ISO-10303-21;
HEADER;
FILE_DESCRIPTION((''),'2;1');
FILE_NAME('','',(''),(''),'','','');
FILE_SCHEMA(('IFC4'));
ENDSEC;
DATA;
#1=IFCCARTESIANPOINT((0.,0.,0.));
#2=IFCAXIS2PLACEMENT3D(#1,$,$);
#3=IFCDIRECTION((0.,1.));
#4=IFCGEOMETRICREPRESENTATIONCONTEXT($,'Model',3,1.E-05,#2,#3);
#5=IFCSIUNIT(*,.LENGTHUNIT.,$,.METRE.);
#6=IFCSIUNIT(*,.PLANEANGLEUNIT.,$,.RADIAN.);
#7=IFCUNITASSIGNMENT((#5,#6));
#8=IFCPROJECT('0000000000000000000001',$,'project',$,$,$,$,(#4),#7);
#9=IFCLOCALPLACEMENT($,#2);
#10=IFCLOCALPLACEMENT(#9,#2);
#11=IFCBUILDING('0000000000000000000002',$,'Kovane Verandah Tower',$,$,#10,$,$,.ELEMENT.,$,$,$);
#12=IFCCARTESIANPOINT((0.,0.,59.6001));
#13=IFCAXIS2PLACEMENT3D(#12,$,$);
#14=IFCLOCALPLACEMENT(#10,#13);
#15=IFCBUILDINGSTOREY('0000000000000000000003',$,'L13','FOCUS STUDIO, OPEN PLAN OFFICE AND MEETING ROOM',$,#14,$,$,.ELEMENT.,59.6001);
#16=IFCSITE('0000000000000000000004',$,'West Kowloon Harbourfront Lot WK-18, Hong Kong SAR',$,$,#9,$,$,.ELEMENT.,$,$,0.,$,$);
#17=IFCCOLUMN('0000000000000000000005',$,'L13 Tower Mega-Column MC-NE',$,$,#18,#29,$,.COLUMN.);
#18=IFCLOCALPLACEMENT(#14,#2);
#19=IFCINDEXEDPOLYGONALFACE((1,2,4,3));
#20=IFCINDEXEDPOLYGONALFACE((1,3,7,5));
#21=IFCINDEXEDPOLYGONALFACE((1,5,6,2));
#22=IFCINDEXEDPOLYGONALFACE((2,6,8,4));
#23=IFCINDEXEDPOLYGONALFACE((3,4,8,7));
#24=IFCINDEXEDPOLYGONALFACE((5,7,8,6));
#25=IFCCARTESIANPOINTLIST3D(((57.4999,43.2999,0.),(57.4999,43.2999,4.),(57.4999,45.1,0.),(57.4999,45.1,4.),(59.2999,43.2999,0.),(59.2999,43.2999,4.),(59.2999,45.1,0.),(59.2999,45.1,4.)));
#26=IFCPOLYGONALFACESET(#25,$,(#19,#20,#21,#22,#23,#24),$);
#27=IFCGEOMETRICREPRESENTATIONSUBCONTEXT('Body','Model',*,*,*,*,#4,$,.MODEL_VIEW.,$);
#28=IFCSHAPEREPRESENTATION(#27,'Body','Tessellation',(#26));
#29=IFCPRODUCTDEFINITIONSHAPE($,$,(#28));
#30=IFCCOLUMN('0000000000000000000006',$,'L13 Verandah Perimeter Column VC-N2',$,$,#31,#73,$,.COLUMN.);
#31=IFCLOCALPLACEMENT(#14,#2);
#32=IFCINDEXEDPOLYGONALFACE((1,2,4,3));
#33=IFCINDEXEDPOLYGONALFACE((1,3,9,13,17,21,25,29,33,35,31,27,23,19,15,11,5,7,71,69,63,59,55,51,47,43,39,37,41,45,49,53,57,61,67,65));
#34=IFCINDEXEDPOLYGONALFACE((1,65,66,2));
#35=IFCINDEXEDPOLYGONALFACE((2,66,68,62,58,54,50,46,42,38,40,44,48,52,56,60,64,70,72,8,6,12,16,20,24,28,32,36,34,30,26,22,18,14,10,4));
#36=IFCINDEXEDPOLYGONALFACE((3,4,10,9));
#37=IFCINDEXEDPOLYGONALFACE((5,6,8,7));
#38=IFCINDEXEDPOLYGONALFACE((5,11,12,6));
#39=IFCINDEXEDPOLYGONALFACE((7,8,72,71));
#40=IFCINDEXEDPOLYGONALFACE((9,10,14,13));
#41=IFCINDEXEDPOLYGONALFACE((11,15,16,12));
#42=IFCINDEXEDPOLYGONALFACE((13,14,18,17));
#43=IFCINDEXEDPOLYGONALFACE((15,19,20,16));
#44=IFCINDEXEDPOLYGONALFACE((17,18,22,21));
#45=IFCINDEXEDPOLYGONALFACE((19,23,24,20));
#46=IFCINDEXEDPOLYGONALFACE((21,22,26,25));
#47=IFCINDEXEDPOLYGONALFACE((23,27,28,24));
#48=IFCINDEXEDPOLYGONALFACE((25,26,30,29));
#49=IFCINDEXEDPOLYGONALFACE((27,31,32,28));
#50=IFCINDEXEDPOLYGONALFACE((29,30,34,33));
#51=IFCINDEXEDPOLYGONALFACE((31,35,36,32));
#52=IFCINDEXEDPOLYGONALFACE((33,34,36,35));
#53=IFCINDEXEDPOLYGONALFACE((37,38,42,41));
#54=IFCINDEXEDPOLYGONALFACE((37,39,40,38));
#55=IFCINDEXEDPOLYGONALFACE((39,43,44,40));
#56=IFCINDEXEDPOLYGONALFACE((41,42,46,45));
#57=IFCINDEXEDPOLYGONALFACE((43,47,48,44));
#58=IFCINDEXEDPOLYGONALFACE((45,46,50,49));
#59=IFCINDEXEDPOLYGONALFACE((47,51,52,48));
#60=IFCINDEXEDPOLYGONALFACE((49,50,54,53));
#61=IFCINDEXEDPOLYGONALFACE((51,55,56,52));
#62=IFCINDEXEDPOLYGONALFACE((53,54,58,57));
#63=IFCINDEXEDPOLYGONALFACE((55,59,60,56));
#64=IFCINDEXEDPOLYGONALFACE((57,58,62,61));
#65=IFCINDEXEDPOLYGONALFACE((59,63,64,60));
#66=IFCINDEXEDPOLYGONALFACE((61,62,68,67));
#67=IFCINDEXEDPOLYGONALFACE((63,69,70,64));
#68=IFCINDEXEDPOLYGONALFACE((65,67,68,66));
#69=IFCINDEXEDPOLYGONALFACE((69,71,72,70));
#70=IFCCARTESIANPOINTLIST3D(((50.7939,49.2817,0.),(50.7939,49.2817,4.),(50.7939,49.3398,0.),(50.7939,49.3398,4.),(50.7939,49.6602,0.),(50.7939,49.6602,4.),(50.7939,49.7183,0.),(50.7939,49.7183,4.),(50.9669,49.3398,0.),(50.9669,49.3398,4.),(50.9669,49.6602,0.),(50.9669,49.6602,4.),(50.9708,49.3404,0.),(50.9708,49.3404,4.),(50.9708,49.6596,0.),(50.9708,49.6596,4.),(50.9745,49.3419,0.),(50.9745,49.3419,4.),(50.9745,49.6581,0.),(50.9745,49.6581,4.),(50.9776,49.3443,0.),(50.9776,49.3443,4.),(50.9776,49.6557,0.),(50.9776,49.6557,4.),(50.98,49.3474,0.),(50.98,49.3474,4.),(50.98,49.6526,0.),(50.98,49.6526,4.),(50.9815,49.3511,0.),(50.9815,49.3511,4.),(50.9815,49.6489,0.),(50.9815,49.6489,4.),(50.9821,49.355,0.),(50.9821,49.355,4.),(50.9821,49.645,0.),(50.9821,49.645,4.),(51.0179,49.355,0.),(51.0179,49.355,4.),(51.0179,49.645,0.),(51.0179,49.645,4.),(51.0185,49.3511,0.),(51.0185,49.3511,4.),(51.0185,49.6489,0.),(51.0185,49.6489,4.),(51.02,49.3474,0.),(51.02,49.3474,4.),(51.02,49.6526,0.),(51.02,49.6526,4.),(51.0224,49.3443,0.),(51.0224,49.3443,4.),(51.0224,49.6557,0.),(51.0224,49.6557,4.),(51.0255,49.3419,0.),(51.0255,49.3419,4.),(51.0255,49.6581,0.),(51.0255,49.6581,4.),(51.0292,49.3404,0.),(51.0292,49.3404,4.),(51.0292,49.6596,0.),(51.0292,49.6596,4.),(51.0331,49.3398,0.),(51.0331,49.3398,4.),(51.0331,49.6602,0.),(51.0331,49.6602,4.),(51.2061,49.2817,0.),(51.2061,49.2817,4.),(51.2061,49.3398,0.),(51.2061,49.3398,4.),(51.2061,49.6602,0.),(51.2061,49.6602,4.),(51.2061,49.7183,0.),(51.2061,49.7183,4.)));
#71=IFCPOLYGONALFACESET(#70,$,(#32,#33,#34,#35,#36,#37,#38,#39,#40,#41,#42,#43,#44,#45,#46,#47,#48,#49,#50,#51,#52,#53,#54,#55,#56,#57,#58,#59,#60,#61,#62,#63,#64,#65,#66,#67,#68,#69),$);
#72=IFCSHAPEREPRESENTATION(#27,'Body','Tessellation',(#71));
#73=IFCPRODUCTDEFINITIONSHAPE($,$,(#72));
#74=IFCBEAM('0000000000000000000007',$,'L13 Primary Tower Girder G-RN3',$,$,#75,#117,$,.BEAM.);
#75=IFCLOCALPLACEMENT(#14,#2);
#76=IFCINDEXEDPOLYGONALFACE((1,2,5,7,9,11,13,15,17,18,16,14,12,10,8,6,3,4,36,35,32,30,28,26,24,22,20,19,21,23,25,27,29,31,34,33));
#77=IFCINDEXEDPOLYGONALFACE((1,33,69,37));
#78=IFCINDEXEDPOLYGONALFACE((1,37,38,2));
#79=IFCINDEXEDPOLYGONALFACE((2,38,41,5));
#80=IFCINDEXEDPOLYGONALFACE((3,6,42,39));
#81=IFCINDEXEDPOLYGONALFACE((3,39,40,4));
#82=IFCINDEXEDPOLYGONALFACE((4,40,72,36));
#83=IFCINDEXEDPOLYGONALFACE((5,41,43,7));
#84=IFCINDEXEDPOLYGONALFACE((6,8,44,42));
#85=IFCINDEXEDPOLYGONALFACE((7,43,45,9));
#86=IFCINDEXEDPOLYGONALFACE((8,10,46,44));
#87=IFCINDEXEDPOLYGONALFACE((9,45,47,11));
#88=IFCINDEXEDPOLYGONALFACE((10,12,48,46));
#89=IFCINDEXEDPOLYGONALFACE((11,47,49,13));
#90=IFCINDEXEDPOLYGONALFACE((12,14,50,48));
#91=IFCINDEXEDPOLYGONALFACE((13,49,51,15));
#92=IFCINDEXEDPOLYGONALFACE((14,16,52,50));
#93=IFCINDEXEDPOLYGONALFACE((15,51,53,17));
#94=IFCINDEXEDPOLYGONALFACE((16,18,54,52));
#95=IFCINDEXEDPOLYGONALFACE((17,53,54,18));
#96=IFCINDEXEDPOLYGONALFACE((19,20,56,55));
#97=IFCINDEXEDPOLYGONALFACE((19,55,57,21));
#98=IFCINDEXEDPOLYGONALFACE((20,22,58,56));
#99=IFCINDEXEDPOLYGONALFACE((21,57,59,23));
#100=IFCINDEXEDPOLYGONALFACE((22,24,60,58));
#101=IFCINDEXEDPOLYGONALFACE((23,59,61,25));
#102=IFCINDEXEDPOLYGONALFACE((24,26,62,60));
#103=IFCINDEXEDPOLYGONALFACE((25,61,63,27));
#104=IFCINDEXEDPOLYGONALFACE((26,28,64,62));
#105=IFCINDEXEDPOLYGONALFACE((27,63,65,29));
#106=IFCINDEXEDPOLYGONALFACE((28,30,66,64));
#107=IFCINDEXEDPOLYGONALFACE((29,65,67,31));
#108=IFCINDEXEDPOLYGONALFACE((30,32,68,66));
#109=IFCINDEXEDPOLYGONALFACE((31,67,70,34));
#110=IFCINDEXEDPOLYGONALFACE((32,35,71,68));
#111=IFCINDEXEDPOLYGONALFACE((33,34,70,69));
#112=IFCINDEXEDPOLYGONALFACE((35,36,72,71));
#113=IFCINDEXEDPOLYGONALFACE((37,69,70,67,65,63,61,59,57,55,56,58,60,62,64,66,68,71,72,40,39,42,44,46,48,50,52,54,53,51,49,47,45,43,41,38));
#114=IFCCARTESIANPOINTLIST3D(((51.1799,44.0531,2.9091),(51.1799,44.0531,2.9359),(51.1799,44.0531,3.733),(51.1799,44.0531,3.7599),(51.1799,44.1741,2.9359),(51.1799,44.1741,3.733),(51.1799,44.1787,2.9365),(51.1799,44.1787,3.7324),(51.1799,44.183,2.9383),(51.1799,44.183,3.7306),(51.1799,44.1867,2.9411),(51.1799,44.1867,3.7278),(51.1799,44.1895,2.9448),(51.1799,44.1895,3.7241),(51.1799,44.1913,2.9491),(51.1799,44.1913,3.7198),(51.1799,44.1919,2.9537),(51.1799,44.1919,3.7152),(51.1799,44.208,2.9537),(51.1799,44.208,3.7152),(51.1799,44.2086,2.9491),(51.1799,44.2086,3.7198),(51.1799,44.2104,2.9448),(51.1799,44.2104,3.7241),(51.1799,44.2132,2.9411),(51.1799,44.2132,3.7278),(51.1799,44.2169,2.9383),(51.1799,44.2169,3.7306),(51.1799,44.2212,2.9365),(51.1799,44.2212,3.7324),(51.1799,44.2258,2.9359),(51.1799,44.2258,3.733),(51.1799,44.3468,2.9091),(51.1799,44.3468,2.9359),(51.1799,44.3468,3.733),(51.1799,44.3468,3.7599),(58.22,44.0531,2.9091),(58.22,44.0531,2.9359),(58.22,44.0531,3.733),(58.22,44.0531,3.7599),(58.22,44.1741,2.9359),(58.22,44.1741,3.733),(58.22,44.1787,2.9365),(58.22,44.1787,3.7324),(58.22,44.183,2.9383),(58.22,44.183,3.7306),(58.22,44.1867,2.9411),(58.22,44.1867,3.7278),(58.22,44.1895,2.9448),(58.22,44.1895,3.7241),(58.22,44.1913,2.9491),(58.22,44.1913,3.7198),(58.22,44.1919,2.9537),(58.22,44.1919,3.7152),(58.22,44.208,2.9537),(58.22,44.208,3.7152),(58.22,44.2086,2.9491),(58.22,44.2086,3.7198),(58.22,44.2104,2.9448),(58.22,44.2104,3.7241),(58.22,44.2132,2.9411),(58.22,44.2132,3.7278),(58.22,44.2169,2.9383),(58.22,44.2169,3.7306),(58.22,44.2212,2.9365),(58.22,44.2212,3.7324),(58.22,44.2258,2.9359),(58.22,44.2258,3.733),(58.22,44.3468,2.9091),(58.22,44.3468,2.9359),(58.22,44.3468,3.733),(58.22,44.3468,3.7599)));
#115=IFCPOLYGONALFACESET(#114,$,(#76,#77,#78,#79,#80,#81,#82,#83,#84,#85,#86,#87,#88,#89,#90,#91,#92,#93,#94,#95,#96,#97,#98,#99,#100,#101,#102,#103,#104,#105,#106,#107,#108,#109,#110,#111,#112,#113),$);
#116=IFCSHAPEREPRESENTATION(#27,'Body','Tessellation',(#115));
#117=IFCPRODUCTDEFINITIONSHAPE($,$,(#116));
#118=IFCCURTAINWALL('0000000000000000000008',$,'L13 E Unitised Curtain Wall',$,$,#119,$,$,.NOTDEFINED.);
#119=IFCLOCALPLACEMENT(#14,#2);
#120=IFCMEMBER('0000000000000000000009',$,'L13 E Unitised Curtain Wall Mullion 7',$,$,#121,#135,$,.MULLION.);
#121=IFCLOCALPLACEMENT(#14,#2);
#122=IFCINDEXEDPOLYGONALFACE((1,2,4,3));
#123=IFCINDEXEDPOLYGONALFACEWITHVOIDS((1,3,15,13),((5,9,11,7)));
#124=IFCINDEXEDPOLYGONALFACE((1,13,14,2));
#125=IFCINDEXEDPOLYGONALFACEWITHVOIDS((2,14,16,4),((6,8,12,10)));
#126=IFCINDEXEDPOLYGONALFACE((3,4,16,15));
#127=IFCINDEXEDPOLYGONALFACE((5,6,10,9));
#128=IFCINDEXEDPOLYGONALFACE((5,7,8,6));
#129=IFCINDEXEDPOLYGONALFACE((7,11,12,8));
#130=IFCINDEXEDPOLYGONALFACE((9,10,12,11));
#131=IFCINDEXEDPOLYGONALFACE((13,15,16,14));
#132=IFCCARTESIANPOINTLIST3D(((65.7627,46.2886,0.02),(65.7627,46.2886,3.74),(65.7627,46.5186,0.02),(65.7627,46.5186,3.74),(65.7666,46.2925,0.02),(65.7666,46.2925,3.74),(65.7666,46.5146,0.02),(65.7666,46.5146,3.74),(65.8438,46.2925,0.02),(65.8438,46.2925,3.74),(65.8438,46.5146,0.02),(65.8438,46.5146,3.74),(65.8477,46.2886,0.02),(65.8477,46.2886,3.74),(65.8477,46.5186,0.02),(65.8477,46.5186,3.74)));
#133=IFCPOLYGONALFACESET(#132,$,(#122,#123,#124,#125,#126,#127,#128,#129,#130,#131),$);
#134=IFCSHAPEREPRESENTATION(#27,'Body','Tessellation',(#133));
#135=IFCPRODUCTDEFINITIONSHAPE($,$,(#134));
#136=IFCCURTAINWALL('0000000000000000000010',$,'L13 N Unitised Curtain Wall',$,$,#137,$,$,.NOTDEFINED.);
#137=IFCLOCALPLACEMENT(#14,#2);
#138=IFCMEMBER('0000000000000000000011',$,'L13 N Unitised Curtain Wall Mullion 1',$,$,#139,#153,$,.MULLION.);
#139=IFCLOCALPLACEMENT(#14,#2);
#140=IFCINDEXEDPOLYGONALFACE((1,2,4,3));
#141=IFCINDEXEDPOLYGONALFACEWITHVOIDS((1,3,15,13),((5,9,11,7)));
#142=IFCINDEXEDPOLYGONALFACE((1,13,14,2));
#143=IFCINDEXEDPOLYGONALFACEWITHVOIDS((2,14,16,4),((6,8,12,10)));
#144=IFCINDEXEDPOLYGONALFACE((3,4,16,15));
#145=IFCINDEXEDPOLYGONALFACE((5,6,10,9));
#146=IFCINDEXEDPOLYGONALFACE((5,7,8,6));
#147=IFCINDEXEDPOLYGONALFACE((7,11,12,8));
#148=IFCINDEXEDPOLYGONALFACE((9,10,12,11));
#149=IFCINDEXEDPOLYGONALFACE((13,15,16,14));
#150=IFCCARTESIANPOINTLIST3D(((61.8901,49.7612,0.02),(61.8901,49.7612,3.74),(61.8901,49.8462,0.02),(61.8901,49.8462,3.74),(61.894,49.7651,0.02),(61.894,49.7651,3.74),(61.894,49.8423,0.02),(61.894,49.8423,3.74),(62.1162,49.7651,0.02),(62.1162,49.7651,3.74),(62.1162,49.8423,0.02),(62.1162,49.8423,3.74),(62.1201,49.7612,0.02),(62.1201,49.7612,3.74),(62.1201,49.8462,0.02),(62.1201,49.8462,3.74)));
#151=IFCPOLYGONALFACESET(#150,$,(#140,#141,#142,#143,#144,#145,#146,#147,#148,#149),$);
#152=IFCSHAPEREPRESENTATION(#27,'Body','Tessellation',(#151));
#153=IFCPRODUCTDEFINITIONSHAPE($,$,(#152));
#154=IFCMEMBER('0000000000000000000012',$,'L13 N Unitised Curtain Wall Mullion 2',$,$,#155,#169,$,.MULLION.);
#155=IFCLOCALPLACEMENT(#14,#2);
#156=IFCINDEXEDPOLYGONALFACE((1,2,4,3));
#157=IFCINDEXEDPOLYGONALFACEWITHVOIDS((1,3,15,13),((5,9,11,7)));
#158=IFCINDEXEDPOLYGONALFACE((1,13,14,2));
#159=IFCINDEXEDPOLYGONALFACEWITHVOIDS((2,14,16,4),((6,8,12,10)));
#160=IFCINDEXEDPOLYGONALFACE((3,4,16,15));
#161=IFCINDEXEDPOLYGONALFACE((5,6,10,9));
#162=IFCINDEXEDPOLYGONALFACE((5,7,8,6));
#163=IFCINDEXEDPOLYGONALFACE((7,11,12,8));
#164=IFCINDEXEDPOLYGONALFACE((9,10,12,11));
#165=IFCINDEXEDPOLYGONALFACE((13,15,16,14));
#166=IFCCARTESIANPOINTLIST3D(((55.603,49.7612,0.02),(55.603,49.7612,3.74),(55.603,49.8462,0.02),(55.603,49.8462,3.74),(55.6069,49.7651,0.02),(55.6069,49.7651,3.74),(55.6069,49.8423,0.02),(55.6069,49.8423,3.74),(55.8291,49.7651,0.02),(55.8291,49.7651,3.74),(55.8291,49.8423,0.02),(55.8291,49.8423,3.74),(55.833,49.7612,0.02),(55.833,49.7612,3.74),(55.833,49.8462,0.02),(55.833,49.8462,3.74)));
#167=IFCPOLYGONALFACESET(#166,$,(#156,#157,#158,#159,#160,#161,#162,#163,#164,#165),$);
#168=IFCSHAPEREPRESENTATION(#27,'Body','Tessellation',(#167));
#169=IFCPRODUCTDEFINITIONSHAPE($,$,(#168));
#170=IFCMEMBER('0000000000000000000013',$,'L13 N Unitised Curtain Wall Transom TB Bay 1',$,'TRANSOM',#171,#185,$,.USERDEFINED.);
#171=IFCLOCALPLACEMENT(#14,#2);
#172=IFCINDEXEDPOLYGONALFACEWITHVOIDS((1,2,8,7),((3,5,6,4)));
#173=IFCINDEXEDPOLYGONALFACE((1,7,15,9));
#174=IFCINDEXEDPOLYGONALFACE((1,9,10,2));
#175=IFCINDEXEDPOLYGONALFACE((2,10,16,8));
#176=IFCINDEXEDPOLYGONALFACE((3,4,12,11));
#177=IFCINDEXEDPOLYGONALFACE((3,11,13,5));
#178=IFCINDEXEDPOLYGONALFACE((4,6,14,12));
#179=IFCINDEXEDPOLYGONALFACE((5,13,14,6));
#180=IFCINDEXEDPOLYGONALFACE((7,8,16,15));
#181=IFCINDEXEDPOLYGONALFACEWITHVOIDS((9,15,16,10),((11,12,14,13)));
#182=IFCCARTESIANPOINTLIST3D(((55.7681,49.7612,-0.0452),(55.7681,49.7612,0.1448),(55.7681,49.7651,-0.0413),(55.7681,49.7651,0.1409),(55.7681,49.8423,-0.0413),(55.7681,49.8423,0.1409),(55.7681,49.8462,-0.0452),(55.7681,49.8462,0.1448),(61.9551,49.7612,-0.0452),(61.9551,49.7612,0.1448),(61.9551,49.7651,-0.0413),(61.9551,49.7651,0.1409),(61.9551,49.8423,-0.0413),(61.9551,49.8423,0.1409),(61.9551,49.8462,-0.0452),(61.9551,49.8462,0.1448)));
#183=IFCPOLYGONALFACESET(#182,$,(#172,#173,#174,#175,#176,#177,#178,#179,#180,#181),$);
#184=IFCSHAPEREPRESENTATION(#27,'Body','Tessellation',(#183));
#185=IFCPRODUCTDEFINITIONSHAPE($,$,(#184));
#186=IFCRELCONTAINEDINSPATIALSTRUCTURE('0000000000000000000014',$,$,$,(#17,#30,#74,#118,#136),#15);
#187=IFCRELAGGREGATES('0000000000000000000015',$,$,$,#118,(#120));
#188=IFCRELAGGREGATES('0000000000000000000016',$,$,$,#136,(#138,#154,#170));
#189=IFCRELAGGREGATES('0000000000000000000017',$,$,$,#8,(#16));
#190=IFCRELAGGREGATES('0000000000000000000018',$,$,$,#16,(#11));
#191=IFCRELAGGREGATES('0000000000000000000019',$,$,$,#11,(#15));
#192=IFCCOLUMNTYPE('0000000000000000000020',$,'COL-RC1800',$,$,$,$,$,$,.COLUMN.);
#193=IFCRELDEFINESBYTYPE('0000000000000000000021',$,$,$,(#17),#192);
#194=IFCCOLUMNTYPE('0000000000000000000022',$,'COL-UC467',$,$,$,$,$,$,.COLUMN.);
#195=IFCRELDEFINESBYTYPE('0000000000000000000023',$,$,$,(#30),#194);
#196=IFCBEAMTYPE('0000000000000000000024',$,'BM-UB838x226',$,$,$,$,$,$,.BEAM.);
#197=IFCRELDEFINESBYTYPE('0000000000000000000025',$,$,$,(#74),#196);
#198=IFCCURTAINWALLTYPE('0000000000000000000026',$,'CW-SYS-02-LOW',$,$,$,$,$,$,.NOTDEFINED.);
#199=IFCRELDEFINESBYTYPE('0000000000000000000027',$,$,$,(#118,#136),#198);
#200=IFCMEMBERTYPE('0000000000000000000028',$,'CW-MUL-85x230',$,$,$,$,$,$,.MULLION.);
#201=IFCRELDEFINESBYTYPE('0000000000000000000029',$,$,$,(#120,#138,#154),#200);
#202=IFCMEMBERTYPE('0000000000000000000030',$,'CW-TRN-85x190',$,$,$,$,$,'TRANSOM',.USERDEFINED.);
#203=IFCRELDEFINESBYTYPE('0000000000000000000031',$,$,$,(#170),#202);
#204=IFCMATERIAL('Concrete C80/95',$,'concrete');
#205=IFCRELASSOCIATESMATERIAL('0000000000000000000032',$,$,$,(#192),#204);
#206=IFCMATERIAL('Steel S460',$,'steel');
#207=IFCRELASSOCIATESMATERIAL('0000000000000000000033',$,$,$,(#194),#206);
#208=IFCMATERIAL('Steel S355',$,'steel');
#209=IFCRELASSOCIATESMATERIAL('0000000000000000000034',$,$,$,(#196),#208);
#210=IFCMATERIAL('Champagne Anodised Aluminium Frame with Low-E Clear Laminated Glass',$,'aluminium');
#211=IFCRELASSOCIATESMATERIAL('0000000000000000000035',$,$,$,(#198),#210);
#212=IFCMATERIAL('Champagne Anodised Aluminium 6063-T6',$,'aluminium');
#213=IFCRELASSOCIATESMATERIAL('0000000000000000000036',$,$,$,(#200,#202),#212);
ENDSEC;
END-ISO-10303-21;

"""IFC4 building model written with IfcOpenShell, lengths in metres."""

from ifc_helpers import new_model, si_unit, direction, frame, origin, origin_2d, place, context, subcontext, project, spatial, rectangle, hollow_rectangle, i_section, extrude, material, material_profile, profile_set, type_object, element, aggregate, save


model = new_model("IFC4")

# Units and contexts
model_context = context("Model", 3, precision=1e-05, world=origin(), true_north=direction((0.0, 1.0)))
body_context = subcontext(model_context, "Body", "Model", "MODEL_VIEW")
ifc_project = project(units=[si_unit("LENGTHUNIT", "METRE"), si_unit("PLANEANGLEUNIT", "RADIAN")], contexts=[model_context])

# Site, building, storey
site_placement = place(None, origin())
site = spatial("IfcSite", under=ifc_project, at=site_placement, Name="West Kowloon Harbourfront Lot WK-18, Hong Kong SAR", CompositionType="ELEMENT", RefElevation=0.0)
building_placement = place(site_placement, origin())
building = spatial("IfcBuilding", under=site, at=building_placement, Name="Kovane Verandah Tower", CompositionType="ELEMENT")
storey_placement = place(building_placement, frame((0.0, 0.0, 59.6001)))
storey = spatial("IfcBuildingStorey", under=building, at=storey_placement, Name="L13", Description="FOCUS STUDIO, OPEN PLAN OFFICE AND MEETING ROOM", CompositionType="ELEMENT", Elevation=59.6001)

# Columns
ifc_material_1 = material(Name="Concrete C80/95", Category="concrete")
ifc_material_profile_1 = material_profile(ifc_material_1, rectangle(XDim=1.8, YDim=1.8, at=origin_2d()), Name="RC1800x1800")
ifc_profile_set_1 = profile_set([ifc_material_profile_1], Name="Concrete C80/95")
column_type_1 = type_object("IfcColumnType", Name="COL-RC1800", PredefinedType="COLUMN", material=ifc_profile_set_1)
column_1_placement = place(storey_placement, frame((58.3999, 44.2, 0.0), z_axis=(0.0, 0.0, 1.0), x_axis=(1.0, 0.0, 0.0)))
element("IfcColumn", 1, at=column_1_placement, inside=storey, type_object=column_type_1, Name="L13 Tower Mega-Column MC-NE", PredefinedType="COLUMN", context=body_context, shape_type="SweptSolid", body=[
    extrude(rectangle(XDim=1.8, YDim=1.8, at=origin_2d()), origin(), (0.0, 0.0, 1.0), 4.0),
])
ifc_material_2 = material(Name="Steel S460", Category="steel")
ifc_material_profile_2 = material_profile(ifc_material_2, i_section(OverallWidth=0.4121, OverallDepth=0.4365, WebThickness=0.0359, FlangeThickness=0.0581, FilletRadius=0.0151, at=origin_2d()), Name="UC356x406x467")
ifc_profile_set_2 = profile_set([ifc_material_profile_2], Name="Steel S460")
column_type_2 = type_object("IfcColumnType", Name="COL-UC467", PredefinedType="COLUMN", material=ifc_profile_set_2)
column_2_placement = place(storey_placement, frame((51.0, 49.5, 0.0), z_axis=(0.0, 0.0, 1.0), x_axis=(1.0, 0.0, 0.0)))
element("IfcColumn", 2, at=column_2_placement, inside=storey, type_object=column_type_2, Name="L13 Verandah Perimeter Column VC-N2", PredefinedType="COLUMN", context=body_context, shape_type="SweptSolid", body=[
    extrude(i_section(OverallWidth=0.4121, OverallDepth=0.4365, WebThickness=0.0359, FlangeThickness=0.0581, FilletRadius=0.0151, at=origin_2d()), origin(), (0.0, 0.0, 1.0), 4.0),
])

# Beam
ifc_material_3 = material(Name="Steel S355", Category="steel")
ifc_material_profile_3 = material_profile(ifc_material_3, i_section(OverallWidth=0.2937, OverallDepth=0.8508, WebThickness=0.0161, FlangeThickness=0.0269, FilletRadius=0.0178, at=origin_2d()), Name="UB838x292x226")
ifc_profile_set_3 = profile_set([ifc_material_profile_3], Name="Steel S355")
beam_type_1 = type_object("IfcBeamType", Name="BM-UB838x226", PredefinedType="BEAM", material=ifc_profile_set_3)
beam_1_placement = place(storey_placement, frame((51.1799, 44.2, 3.3345), z_axis=(1.0, 0.0, 0.0), x_axis=(0.0, 1.0, 0.0)))
element("IfcBeam", 3, at=beam_1_placement, inside=storey, type_object=beam_type_1, Name="L13 Primary Tower Girder G-RN3", PredefinedType="BEAM", context=body_context, shape_type="SweptSolid", body=[
    extrude(i_section(OverallWidth=0.2937, OverallDepth=0.8508, WebThickness=0.0161, FlangeThickness=0.0269, FilletRadius=0.0178, at=origin_2d()), origin(), (0.0, 0.0, 1.0), 7.04),
])

# Curtain wall, member
ifc_material_4 = material(Name="Champagne Anodised Aluminium Frame with Low-E Clear Laminated Glass", Category="aluminium")
curtain_wall_type = type_object("IfcCurtainWallType", Name="CW-SYS-02-LOW", PredefinedType="NOTDEFINED", material=ifc_material_4)
curtain_wall_1_placement = place(storey_placement, origin())
curtain_wall_1 = element("IfcCurtainWall", 4, at=curtain_wall_1_placement, inside=storey, type_object=curtain_wall_type, Name="L13 E Unitised Curtain Wall", PredefinedType="NOTDEFINED")
ifc_material_5 = material(Name="Champagne Anodised Aluminium 6063-T6", Category="aluminium")
ifc_material_profile_4 = material_profile(ifc_material_5, hollow_rectangle(XDim=0.085, YDim=0.23, WallThickness=0.0039, at=origin_2d()), Name="AL85x230x4")
ifc_profile_set_4 = profile_set([ifc_material_profile_4], Name="Champagne Anodised Aluminium 6063-T6")
member_type_1 = type_object("IfcMemberType", Name="CW-MUL-85x230", PredefinedType="MULLION", material=ifc_profile_set_4)
member_1_placement = place(storey_placement, frame((65.8052, 46.4036, 0.02), z_axis=(0.0, 0.0, 1.0), x_axis=(1.0, 0.0, 0.0)))
member_1 = element("IfcMember", 5, at=member_1_placement, type_object=member_type_1, Name="L13 E Unitised Curtain Wall Mullion 7", PredefinedType="MULLION", context=body_context, shape_type="SweptSolid", body=[
    extrude(hollow_rectangle(XDim=0.085, YDim=0.23, WallThickness=0.0039, at=origin_2d()), origin(), (0.0, 0.0, 1.0), 3.72),
])

# Curtain wall, members
curtain_wall_2_placement = place(storey_placement, origin())
curtain_wall_2 = element("IfcCurtainWall", 6, at=curtain_wall_2_placement, inside=storey, type_object=curtain_wall_type, Name="L13 N Unitised Curtain Wall", PredefinedType="NOTDEFINED")
member_2_placement = place(storey_placement, frame((62.0051, 49.8037, 0.02), z_axis=(0.0, 0.0, 1.0), x_axis=(0.0, 1.0, 0.0)))
member_2 = element("IfcMember", 7, at=member_2_placement, type_object=member_type_1, Name="L13 N Unitised Curtain Wall Mullion 1", PredefinedType="MULLION", context=body_context, shape_type="SweptSolid", body=[
    extrude(hollow_rectangle(XDim=0.085, YDim=0.23, WallThickness=0.0039, at=origin_2d()), origin(), (0.0, 0.0, 1.0), 3.72),
])
member_3_placement = place(storey_placement, frame((55.718, 49.8037, 0.02), z_axis=(0.0, 0.0, 1.0), x_axis=(0.0, 1.0, 0.0)))
member_3 = element("IfcMember", 8, at=member_3_placement, type_object=member_type_1, Name="L13 N Unitised Curtain Wall Mullion 2", PredefinedType="MULLION", context=body_context, shape_type="SweptSolid", body=[
    extrude(hollow_rectangle(XDim=0.085, YDim=0.23, WallThickness=0.0039, at=origin_2d()), origin(), (0.0, 0.0, 1.0), 3.72),
])
ifc_material_profile_5 = material_profile(ifc_material_5, hollow_rectangle(XDim=0.085, YDim=0.1899, WallThickness=0.0039, at=origin_2d()), Name="AL85x190x4")
ifc_profile_set_5 = profile_set([ifc_material_profile_5], Name="Champagne Anodised Aluminium 6063-T6")
member_type_2 = type_object("IfcMemberType", Name="CW-TRN-85x190", ElementType="TRANSOM", PredefinedType="USERDEFINED", material=ifc_profile_set_5)
member_4_placement = place(storey_placement, frame((61.9551, 49.8037, 0.0498), z_axis=(-1.0, 0.0, 0.0), x_axis=(0.0, -1.0, 0.0)))
member_4 = element("IfcMember", 9, at=member_4_placement, type_object=member_type_2, Name="L13 N Unitised Curtain Wall Transom TB Bay 1", ObjectType="TRANSOM", PredefinedType="USERDEFINED", context=body_context, shape_type="SweptSolid", body=[
    extrude(hollow_rectangle(XDim=0.085, YDim=0.1899, WallThickness=0.0039, at=origin_2d()), origin(), (0.0, 0.0, 1.0), 6.187),
])

aggregate(curtain_wall_1, [member_1])
aggregate(curtain_wall_2, [member_2, member_3, member_4])

save(model, "model.ifc")
